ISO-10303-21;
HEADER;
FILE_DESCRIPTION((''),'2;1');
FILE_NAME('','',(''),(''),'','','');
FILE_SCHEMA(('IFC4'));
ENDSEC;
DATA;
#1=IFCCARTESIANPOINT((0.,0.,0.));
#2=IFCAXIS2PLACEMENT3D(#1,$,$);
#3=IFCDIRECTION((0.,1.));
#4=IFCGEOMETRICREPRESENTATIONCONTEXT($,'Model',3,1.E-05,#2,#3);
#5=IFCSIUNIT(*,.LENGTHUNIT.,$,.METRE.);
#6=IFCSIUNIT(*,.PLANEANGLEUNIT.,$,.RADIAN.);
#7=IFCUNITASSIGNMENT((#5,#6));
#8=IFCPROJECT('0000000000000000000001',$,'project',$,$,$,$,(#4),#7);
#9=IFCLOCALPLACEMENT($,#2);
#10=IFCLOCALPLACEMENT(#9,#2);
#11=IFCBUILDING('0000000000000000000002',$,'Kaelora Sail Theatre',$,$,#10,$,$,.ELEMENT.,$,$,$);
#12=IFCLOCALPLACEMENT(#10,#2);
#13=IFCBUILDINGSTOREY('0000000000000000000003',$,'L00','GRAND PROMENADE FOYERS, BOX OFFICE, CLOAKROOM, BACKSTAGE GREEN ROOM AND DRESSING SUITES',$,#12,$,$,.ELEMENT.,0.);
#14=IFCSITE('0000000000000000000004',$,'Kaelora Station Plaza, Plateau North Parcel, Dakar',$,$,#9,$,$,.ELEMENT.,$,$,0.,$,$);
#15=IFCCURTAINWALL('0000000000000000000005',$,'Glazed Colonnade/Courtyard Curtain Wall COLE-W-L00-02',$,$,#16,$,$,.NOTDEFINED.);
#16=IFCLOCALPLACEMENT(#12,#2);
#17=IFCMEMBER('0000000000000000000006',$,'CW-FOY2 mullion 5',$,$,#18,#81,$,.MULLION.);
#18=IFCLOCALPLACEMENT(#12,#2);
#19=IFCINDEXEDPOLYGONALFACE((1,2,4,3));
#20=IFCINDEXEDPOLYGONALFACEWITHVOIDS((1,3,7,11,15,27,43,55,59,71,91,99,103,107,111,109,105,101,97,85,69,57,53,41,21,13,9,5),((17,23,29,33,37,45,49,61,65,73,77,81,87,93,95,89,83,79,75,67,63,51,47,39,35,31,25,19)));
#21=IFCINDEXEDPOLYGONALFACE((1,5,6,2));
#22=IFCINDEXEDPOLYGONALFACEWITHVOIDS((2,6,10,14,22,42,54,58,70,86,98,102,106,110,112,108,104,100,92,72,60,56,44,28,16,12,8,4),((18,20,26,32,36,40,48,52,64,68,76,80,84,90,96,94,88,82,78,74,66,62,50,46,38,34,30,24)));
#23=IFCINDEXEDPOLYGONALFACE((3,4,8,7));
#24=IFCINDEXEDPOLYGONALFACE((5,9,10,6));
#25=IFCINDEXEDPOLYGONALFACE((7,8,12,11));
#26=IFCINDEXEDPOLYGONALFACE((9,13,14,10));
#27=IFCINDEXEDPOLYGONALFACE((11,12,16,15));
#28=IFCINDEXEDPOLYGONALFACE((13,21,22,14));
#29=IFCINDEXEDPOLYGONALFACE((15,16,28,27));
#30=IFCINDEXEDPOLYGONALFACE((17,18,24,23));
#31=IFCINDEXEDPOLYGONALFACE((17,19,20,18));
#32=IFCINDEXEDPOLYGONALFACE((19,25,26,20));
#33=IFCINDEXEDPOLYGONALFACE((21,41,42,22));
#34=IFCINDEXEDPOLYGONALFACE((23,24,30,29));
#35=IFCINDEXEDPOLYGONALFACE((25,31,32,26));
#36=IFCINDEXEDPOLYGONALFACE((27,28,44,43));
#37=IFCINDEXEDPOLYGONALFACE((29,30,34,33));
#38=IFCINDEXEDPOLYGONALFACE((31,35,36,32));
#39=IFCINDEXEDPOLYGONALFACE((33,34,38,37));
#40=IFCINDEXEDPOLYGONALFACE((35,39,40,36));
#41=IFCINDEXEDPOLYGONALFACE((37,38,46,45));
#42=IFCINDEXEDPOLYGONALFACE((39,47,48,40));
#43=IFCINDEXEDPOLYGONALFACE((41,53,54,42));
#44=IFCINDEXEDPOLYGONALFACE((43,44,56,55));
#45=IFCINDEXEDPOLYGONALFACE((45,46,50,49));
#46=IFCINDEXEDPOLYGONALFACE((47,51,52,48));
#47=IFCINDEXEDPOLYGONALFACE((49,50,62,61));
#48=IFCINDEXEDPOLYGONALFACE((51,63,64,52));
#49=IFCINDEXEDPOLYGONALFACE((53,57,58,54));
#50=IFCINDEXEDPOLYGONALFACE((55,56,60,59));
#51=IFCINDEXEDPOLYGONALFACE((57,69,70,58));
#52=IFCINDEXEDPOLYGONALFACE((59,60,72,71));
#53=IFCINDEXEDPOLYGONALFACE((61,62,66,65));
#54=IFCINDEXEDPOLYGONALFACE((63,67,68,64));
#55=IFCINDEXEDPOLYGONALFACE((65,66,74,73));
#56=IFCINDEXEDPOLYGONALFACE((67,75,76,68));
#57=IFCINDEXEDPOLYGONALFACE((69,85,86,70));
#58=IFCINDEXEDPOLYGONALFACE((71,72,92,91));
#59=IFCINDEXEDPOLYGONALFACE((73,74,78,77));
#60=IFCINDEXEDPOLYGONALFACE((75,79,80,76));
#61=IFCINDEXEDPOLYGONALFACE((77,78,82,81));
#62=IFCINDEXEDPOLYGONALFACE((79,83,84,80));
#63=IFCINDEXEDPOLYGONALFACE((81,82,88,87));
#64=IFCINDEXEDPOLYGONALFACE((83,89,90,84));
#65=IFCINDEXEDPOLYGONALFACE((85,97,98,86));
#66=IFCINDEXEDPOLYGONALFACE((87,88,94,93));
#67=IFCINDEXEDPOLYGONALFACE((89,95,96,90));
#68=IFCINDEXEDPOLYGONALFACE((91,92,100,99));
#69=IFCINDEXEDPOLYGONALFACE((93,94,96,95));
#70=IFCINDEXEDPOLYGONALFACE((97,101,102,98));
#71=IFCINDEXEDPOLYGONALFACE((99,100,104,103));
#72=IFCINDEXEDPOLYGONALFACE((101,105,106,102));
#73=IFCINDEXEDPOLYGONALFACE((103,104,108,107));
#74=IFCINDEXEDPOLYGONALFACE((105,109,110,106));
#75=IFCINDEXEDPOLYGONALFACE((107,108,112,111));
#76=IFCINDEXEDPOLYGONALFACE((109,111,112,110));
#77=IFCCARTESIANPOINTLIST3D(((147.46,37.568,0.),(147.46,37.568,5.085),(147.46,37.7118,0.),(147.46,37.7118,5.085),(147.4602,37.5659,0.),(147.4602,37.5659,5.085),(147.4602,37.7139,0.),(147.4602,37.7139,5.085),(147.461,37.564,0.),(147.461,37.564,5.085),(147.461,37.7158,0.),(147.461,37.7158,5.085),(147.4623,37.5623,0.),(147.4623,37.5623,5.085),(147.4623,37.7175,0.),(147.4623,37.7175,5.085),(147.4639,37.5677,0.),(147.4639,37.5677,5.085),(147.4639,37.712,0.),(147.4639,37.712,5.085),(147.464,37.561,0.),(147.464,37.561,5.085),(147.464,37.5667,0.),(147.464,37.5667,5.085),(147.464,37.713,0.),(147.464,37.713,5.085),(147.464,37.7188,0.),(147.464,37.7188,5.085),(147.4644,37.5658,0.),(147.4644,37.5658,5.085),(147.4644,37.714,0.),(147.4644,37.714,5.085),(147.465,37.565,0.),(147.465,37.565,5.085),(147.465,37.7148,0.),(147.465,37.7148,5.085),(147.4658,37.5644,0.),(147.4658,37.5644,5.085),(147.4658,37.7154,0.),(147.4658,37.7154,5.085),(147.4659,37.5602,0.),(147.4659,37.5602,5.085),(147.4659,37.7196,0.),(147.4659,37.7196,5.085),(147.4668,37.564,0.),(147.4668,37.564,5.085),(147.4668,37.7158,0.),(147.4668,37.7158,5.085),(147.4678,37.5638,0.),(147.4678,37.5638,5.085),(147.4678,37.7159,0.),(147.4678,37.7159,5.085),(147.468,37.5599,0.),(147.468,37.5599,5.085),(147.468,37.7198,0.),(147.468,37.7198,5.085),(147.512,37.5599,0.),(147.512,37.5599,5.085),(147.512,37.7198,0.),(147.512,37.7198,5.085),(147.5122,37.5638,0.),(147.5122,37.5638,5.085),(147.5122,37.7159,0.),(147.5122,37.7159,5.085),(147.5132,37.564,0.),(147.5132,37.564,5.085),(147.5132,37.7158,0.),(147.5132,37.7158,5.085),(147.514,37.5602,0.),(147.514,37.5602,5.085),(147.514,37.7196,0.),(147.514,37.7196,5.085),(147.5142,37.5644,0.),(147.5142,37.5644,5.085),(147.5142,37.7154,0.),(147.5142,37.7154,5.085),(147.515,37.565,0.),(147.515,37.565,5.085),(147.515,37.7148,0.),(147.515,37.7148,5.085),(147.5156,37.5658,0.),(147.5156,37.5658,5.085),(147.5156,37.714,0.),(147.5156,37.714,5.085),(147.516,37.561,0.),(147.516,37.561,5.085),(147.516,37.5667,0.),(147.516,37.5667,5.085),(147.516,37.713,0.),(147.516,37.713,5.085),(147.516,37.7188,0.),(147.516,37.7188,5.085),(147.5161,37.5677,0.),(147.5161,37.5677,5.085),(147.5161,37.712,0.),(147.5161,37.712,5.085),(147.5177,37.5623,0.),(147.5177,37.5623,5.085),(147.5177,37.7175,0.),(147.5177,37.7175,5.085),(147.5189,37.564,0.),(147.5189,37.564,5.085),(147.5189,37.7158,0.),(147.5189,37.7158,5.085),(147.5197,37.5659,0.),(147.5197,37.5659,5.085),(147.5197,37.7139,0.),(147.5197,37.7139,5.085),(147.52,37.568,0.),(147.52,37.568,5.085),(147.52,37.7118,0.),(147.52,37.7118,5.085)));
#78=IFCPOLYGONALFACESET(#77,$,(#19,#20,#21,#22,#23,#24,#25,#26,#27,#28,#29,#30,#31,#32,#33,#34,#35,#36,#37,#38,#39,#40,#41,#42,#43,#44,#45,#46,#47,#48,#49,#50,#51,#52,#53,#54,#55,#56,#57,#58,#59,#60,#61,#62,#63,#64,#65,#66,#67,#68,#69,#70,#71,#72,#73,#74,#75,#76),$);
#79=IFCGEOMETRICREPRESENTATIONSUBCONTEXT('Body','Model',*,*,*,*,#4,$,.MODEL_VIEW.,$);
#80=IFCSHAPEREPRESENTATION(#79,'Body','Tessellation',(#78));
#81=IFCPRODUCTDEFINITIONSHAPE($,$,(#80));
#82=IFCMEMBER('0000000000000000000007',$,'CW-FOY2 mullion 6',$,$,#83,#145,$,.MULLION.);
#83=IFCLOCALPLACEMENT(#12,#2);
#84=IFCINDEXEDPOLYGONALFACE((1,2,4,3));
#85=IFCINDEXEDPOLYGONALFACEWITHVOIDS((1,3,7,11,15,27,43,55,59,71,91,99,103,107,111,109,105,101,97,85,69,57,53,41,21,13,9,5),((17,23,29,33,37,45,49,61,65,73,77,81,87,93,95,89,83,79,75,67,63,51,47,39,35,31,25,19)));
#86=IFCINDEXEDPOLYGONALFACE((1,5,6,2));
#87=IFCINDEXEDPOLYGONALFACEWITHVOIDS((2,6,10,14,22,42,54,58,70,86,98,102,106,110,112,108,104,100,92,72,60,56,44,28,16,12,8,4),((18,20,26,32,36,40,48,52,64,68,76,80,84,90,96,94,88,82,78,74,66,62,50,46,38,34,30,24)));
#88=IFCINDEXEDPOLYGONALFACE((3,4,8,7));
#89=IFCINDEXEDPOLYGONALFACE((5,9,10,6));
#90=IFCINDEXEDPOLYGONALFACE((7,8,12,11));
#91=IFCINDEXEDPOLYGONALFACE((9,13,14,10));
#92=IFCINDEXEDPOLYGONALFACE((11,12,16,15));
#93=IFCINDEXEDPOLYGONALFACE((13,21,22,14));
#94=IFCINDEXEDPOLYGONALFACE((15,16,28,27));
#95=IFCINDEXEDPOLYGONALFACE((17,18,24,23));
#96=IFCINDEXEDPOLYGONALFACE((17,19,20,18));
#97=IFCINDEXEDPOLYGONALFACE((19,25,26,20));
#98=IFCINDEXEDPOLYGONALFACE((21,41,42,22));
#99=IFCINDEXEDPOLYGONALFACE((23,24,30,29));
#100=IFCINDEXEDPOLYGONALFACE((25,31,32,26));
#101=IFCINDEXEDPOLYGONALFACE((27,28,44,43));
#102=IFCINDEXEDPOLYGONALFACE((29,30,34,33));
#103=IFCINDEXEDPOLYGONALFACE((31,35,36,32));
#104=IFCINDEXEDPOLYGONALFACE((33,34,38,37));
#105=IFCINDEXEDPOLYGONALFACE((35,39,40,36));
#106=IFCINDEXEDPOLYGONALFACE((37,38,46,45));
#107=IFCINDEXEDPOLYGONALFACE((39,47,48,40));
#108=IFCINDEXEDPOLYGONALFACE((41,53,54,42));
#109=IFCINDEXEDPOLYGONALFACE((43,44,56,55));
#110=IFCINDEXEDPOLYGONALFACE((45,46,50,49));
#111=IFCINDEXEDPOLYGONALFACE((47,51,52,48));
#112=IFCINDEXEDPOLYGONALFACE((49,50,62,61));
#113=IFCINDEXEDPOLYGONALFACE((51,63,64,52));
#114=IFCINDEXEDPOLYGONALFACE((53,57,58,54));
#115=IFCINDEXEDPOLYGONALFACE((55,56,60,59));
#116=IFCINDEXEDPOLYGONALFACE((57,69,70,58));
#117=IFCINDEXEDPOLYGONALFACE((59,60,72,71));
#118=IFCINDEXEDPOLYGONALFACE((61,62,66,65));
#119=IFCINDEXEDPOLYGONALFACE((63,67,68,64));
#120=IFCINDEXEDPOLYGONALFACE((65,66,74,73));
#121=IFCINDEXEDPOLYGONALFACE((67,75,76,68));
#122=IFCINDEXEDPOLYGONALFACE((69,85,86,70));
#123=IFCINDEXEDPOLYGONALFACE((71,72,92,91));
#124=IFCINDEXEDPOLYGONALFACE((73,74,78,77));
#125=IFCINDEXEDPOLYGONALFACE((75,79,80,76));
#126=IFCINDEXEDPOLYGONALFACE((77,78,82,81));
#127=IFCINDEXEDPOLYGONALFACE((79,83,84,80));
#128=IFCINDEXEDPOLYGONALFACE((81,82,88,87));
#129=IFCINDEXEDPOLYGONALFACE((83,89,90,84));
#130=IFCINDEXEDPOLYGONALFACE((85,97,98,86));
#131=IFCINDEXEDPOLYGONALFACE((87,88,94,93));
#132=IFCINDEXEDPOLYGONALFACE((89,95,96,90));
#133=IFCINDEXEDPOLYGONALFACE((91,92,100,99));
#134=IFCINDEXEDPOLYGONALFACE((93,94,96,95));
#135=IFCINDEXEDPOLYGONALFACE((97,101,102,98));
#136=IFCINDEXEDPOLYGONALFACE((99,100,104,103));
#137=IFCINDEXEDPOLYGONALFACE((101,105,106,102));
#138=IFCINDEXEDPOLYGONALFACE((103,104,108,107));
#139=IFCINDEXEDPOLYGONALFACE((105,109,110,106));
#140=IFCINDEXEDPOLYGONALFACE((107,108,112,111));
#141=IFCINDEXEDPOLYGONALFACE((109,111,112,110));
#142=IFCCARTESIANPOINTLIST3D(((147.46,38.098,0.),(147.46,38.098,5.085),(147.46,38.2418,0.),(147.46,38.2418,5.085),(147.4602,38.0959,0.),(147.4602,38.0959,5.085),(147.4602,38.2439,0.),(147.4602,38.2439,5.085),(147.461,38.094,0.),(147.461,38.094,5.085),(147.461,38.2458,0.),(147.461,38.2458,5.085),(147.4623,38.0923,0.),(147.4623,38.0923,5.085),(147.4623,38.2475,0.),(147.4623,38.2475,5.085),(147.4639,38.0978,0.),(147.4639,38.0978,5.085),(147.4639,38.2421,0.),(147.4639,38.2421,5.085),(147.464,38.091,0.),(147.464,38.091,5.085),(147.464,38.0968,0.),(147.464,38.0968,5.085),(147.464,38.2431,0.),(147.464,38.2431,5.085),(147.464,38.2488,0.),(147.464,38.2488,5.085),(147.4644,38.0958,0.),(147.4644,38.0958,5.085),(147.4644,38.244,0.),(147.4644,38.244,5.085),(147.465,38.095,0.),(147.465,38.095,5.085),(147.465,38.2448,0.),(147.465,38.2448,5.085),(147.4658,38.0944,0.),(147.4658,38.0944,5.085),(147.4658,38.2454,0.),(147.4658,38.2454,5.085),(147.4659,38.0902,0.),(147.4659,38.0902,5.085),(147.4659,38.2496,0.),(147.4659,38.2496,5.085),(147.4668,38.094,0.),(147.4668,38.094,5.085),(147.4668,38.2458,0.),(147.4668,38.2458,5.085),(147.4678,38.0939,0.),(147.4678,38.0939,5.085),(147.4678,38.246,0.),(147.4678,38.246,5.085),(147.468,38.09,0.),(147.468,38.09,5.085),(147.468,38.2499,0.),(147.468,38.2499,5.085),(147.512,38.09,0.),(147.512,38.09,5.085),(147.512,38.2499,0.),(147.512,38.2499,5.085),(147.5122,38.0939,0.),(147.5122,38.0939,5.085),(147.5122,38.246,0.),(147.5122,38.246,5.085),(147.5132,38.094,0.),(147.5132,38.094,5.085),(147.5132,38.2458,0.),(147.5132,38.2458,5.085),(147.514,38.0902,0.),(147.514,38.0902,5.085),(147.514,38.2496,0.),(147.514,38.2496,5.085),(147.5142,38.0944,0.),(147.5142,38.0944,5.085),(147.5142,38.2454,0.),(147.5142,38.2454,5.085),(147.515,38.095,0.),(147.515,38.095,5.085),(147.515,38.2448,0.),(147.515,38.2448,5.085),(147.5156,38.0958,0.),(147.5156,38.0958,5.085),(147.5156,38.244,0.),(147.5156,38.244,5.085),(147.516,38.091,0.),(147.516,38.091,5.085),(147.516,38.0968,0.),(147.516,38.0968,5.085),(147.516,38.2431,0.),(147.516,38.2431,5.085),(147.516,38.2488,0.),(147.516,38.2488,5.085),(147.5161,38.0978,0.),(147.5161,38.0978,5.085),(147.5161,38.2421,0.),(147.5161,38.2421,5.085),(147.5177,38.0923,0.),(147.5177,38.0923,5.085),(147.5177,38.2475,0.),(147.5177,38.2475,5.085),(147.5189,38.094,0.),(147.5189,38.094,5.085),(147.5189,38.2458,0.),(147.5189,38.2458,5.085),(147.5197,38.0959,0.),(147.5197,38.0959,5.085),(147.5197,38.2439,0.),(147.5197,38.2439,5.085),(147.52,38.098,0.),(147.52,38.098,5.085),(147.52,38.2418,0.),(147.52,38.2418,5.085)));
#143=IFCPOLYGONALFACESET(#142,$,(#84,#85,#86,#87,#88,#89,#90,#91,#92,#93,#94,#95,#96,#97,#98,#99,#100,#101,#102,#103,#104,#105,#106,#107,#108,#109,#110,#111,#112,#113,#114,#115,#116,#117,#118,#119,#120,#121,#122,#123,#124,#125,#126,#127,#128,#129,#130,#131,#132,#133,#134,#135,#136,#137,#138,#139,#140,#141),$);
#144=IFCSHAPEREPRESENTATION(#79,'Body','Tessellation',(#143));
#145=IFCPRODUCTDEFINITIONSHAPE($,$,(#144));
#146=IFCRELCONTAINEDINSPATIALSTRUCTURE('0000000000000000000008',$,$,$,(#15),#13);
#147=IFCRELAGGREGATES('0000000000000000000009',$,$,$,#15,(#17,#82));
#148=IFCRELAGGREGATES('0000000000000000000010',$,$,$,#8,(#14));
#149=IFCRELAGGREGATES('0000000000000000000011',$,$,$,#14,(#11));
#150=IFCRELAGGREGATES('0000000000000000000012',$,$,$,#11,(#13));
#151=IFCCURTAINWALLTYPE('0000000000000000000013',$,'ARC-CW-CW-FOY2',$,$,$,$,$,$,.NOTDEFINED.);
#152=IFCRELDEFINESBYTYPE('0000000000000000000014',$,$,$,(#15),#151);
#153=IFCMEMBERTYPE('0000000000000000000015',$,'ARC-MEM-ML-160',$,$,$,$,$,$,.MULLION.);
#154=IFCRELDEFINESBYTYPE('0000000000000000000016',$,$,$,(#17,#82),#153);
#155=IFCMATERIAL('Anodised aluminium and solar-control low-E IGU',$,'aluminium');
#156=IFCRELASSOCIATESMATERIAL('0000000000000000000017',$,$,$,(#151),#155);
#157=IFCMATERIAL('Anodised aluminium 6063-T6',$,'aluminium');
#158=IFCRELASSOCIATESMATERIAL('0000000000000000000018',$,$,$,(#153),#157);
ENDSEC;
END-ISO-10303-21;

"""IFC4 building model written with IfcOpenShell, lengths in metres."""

from ifc_helpers import new_model, si_unit, direction, frame, origin, origin_2d, place, context, subcontext, project, spatial, hollow_rectangle, extrude, material, material_profile, profile_set, type_object, element, aggregate, save


model = new_model("IFC4")

# Units and contexts
model_context = context("Model", 3, precision=1e-05, world=origin(), true_north=direction((0.0, 1.0)))
body_context = subcontext(model_context, "Body", "Model", "MODEL_VIEW")
ifc_project = project(units=[si_unit("LENGTHUNIT", "METRE"), si_unit("PLANEANGLEUNIT", "RADIAN")], contexts=[model_context])

# Site, building, storey
site_placement = place(None, origin())
site = spatial("IfcSite", under=ifc_project, at=site_placement, Name="Kaelora Station Plaza, Plateau North Parcel, Dakar", CompositionType="ELEMENT", RefElevation=0.0)
building_placement = place(site_placement, origin())
building = spatial("IfcBuilding", under=site, at=building_placement, Name="Kaelora Sail Theatre", CompositionType="ELEMENT")
storey_placement = place(building_placement, origin())
storey = spatial("IfcBuildingStorey", under=building, at=storey_placement, Name="L00", Description="GRAND PROMENADE FOYERS, BOX OFFICE, CLOAKROOM, BACKSTAGE GREEN ROOM AND DRESSING SUITES", CompositionType="ELEMENT", Elevation=0.0)

# Curtain wall, members
ifc_material_1 = material(Name="Anodised aluminium and solar-control low-E IGU", Category="aluminium")
curtain_wall_type = type_object("IfcCurtainWallType", Name="ARC-CW-CW-FOY2", PredefinedType="NOTDEFINED", material=ifc_material_1)
curtain_wall_1_placement = place(storey_placement, origin())
curtain_wall_1 = element("IfcCurtainWall", 1, at=curtain_wall_1_placement, inside=storey, type_object=curtain_wall_type, Name="Glazed Colonnade/Courtyard Curtain Wall COLE-W-L00-02", PredefinedType="NOTDEFINED")
ifc_material_2 = material(Name="Anodised aluminium 6063-T6", Category="aluminium")
ifc_material_profile_1 = material_profile(ifc_material_2, hollow_rectangle(XDim=0.0601, YDim=0.1599, WallThickness=0.0039, InnerFilletRadius=0.0039, OuterFilletRadius=0.0081, at=origin_2d()), Name="ALU-MULL 60x160x4")
ifc_profile_set_1 = profile_set([ifc_material_profile_1], Name="Anodised aluminium 6063-T6")
member_type_1 = type_object("IfcMemberType", Name="ARC-MEM-ML-160", PredefinedType="MULLION", material=ifc_profile_set_1)
member_1_placement = place(storey_placement, frame((147.49, 37.6399, 0.0), z_axis=(0.0, 0.0, 1.0), x_axis=(-1.0, 0.0, 0.0)))
member_1 = element("IfcMember", 2, at=member_1_placement, type_object=member_type_1, Name="CW-FOY2 mullion 5", PredefinedType="MULLION", context=body_context, shape_type="SweptSolid", body=[
    extrude(hollow_rectangle(XDim=0.0601, YDim=0.1599, WallThickness=0.0039, InnerFilletRadius=0.0039, OuterFilletRadius=0.0081, at=origin_2d()), origin(), (0.0, 0.0, 1.0), 5.085),
])
member_2_placement = place(storey_placement, frame((147.49, 38.1699, 0.0), z_axis=(0.0, 0.0, 1.0), x_axis=(-1.0, 0.0, 0.0)))
member_2 = element("IfcMember", 3, at=member_2_placement, type_object=member_type_1, Name="CW-FOY2 mullion 6", PredefinedType="MULLION", context=body_context, shape_type="SweptSolid", body=[
    extrude(hollow_rectangle(XDim=0.0601, YDim=0.1599, WallThickness=0.0039, InnerFilletRadius=0.0039, OuterFilletRadius=0.0081, at=origin_2d()), origin(), (0.0, 0.0, 1.0), 5.085),
])

aggregate(curtain_wall_1, [member_1, member_2])

save(model, "model.ifc")
